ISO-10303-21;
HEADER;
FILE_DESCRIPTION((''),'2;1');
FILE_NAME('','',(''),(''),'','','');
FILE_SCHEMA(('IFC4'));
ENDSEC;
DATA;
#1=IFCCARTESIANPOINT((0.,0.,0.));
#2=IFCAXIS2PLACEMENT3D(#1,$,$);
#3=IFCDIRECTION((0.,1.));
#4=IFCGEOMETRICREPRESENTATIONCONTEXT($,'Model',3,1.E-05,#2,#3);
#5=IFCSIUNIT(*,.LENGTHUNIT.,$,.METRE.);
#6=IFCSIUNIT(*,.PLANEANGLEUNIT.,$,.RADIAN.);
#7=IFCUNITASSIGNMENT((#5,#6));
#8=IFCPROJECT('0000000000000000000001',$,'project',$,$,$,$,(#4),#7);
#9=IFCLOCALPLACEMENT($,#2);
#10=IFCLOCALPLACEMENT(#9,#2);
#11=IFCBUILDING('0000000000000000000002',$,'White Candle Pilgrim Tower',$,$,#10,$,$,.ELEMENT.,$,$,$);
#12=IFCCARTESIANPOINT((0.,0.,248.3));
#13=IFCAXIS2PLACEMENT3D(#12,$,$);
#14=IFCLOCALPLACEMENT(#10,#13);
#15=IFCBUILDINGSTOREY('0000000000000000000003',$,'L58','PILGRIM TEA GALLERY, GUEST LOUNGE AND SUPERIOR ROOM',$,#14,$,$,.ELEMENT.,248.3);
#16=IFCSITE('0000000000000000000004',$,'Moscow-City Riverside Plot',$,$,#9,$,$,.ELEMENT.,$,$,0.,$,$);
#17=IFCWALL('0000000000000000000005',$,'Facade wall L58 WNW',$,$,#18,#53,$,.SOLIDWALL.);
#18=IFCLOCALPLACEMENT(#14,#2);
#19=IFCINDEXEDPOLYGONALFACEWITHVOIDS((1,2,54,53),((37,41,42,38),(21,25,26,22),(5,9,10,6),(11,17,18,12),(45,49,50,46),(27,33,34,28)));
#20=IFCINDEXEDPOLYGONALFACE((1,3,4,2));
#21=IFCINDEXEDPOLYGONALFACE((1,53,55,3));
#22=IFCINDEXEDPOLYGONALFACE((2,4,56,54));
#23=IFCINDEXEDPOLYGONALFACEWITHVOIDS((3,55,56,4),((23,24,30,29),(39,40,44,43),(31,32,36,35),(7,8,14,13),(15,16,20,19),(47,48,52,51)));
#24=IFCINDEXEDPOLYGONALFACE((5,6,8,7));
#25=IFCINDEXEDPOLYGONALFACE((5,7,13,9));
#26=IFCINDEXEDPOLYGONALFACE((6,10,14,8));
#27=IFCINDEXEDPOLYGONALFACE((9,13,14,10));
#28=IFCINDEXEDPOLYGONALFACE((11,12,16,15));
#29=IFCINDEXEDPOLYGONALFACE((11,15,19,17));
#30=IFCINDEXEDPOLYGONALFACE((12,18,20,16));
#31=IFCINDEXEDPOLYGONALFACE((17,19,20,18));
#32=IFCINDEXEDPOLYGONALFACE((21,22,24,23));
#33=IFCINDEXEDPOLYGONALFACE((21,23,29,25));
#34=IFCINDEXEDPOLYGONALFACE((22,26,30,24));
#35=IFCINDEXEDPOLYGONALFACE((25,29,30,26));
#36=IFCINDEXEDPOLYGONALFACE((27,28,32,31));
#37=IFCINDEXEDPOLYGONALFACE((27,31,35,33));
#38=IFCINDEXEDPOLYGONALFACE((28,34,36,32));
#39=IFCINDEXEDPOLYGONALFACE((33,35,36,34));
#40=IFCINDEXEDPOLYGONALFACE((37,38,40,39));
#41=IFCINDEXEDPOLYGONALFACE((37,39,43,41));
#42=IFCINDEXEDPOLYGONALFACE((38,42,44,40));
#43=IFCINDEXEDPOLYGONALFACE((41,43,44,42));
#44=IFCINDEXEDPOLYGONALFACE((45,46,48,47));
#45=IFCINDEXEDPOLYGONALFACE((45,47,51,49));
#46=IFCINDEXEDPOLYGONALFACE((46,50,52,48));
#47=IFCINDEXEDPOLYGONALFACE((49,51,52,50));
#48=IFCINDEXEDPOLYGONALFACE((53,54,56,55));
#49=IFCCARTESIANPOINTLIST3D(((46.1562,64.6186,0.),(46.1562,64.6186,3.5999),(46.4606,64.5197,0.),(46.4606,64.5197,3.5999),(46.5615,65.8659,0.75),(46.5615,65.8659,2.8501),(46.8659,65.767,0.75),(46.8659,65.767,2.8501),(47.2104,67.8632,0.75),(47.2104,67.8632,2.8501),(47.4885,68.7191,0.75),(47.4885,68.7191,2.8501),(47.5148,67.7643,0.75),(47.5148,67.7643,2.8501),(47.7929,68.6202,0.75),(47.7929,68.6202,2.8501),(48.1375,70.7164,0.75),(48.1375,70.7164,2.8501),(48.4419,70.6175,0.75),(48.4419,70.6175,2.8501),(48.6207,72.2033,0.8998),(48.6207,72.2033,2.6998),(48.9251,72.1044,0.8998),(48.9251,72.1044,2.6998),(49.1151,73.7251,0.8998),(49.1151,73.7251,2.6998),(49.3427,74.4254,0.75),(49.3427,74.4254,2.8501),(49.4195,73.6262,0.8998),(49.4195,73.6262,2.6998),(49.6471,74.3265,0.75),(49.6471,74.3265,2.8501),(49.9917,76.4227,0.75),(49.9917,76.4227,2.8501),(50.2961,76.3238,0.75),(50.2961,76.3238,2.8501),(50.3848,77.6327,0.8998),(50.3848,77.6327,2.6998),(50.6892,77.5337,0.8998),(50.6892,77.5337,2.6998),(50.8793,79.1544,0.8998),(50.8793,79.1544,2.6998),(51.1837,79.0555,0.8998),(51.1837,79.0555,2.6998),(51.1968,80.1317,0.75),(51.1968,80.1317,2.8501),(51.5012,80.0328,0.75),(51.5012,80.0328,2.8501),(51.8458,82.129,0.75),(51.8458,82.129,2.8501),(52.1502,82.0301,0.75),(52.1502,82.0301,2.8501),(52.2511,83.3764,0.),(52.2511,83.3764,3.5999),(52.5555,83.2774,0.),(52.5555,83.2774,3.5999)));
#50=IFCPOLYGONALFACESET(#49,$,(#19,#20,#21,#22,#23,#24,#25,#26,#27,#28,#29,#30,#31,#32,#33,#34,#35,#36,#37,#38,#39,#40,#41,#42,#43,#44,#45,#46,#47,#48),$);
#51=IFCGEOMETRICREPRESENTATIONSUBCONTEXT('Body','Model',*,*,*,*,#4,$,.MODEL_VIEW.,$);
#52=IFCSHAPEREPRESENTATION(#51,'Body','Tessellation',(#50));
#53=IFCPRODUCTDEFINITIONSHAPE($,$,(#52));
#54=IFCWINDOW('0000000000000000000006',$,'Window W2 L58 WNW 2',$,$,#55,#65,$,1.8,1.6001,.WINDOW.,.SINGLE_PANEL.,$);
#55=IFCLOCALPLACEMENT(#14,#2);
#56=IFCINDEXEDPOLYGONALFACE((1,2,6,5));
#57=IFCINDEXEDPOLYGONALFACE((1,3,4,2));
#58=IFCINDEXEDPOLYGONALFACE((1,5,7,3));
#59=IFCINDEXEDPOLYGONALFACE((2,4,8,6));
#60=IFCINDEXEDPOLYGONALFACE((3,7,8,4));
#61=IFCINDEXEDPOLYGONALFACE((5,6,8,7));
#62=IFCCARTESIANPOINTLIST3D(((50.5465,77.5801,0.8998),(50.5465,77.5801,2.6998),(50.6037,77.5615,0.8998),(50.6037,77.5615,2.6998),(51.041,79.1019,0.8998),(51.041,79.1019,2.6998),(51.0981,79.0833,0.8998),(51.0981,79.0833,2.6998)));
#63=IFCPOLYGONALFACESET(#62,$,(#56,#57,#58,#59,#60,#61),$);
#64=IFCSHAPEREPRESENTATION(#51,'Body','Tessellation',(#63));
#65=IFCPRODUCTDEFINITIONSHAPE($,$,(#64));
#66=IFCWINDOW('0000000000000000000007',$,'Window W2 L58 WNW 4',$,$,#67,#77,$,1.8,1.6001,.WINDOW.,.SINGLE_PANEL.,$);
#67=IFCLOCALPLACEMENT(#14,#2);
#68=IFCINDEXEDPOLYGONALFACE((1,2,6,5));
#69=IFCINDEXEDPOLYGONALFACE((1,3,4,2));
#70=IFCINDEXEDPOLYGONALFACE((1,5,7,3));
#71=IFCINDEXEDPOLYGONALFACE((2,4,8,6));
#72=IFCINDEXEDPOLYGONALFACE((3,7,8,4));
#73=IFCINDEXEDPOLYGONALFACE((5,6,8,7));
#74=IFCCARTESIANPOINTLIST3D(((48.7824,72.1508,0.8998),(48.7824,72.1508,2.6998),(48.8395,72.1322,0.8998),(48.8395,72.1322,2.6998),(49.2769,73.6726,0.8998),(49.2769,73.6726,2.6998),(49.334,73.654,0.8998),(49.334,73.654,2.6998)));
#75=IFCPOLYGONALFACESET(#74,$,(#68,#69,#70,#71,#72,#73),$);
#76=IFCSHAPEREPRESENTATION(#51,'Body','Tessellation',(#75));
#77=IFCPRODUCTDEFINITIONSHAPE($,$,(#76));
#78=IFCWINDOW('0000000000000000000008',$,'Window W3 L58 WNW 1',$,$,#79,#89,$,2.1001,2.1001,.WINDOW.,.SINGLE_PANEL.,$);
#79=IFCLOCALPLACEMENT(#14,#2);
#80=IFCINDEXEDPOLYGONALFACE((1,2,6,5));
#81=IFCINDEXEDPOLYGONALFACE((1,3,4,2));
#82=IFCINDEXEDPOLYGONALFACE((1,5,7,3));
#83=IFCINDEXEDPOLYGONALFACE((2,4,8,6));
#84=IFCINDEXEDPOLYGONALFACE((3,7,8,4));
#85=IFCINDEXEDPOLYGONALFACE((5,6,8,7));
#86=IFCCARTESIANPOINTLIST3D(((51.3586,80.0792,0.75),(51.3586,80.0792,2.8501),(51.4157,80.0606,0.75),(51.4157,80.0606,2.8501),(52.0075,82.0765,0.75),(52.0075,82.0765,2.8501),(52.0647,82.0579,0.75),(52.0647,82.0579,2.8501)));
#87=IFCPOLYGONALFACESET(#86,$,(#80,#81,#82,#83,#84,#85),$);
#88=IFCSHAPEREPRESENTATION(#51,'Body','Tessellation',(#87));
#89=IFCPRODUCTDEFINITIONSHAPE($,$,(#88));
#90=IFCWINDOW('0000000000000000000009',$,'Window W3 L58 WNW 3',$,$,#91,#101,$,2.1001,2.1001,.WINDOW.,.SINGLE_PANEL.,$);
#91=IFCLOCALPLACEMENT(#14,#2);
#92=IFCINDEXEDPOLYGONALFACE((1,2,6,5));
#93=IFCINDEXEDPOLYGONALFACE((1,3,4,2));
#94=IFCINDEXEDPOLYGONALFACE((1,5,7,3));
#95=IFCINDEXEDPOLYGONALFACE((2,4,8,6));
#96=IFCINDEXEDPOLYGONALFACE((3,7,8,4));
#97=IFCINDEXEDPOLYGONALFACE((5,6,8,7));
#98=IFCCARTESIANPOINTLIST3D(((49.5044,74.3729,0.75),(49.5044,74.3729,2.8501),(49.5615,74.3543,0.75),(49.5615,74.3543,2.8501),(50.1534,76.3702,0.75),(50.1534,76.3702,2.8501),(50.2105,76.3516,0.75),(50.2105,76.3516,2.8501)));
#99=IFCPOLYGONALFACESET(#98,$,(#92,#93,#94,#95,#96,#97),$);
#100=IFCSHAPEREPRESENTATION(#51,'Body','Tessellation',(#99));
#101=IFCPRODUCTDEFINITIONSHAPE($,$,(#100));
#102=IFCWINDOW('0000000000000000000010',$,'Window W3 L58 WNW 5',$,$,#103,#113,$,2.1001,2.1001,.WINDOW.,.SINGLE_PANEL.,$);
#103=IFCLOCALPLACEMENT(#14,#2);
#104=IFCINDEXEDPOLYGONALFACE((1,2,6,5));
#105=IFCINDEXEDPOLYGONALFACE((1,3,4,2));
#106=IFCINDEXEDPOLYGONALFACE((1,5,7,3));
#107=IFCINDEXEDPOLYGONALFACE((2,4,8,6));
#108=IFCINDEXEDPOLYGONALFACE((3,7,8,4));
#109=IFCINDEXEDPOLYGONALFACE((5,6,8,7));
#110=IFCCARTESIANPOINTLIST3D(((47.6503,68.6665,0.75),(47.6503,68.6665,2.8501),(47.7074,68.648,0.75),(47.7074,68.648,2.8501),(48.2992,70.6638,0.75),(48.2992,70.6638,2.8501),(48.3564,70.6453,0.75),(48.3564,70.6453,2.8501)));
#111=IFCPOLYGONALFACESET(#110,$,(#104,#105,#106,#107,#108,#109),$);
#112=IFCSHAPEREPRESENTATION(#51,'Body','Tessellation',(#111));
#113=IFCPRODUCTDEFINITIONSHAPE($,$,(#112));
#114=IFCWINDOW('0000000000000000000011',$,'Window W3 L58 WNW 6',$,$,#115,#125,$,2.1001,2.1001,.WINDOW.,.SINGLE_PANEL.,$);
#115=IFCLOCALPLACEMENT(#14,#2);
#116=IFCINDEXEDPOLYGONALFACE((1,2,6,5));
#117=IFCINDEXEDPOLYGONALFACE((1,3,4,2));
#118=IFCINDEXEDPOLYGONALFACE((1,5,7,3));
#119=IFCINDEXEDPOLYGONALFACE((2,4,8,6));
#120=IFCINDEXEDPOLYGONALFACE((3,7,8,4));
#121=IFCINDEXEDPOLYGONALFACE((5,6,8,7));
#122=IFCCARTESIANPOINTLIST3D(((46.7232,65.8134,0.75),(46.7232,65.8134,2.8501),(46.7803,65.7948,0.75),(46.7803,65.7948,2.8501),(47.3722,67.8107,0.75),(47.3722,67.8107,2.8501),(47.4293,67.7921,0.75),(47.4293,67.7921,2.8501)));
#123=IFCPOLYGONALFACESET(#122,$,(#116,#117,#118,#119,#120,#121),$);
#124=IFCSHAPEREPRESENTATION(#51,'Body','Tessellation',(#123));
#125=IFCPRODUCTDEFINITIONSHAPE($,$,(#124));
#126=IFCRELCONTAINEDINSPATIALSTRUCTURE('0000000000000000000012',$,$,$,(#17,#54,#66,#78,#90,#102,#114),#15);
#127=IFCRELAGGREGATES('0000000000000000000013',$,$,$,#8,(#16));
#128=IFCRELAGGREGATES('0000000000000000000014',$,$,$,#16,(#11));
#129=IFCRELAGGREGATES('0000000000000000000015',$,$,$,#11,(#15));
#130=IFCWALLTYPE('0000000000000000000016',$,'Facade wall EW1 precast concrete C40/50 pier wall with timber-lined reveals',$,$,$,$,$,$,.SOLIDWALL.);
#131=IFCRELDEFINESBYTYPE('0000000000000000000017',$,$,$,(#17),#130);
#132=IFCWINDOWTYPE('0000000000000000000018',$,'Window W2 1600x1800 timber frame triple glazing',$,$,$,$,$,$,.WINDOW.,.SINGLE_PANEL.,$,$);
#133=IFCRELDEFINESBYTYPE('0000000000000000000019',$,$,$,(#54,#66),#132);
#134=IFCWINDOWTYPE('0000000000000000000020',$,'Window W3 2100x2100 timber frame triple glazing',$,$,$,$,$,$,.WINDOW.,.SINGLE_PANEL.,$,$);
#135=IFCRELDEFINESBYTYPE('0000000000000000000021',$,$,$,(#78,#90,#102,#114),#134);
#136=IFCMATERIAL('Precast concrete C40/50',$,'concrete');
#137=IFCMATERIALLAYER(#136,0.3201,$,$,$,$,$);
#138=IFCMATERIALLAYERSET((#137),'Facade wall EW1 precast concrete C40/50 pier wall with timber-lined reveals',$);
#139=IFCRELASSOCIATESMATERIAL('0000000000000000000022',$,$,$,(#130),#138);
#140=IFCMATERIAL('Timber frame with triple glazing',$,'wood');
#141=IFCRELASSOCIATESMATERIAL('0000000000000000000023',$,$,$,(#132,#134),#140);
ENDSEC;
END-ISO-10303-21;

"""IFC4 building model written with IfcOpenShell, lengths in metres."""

from ifc_helpers import new_model, si_unit, direction, frame, frame_2d, origin, place, context, subcontext, project, spatial, rectangle, extrude, material, layer, layer_set, type_object, element, fill, save


model = new_model("IFC4")

# Units and contexts
model_context = context("Model", 3, precision=1e-05, world=origin(), true_north=direction((0.0, 1.0)))
body_context = subcontext(model_context, "Body", "Model", "MODEL_VIEW")
ifc_project = project(units=[si_unit("LENGTHUNIT", "METRE"), si_unit("PLANEANGLEUNIT", "RADIAN")], contexts=[model_context])

# Site, building, storey
site_placement = place(None, origin())
site = spatial("IfcSite", under=ifc_project, at=site_placement, Name="Moscow-City Riverside Plot", CompositionType="ELEMENT", RefElevation=0.0)
building_placement = place(site_placement, origin())
building = spatial("IfcBuilding", under=site, at=building_placement, Name="White Candle Pilgrim Tower", CompositionType="ELEMENT")
storey_placement = place(building_placement, frame((0.0, 0.0, 248.3)))
storey = spatial("IfcBuildingStorey", under=building, at=storey_placement, Name="L58", Description="PILGRIM TEA GALLERY, GUEST LOUNGE AND SUPERIOR ROOM", CompositionType="ELEMENT", Elevation=248.3)

# Shared definitions
ifc_material_1 = material(Name="Precast concrete C40/50", Category="concrete")
ifc_layer_1 = layer(ifc_material_1, 0.3201)
ifc_layer_set_1 = layer_set([ifc_layer_1], Name="Facade wall EW1 precast concrete C40/50 pier wall with timber-lined reveals")
wall_type_1 = type_object("IfcWallType", Name="Facade wall EW1 precast concrete C40/50 pier wall with timber-lined reveals", PredefinedType="SOLIDWALL", material=ifc_layer_set_1)

# Shared definitions
ifc_material_2 = material(Name="Timber frame with triple glazing", Category="wood")

# Wall, openings, windows
wall_1_placement = place(storey_placement, frame((52.4033, 83.3269, 0.0), z_axis=(0.0, 0.0, 1.0), x_axis=(-0.309026, -0.951054, 0.0)))
wall_1 = element("IfcWall", 1, at=wall_1_placement, inside=storey, type_object=wall_type_1, Name="Facade wall L58 WNW", PredefinedType="SOLIDWALL", context=body_context, shape_type="SweptSolid", body=[
    extrude(rectangle(XDim=19.7231, YDim=0.3201, at=frame_2d((9.8616, 0.0))), origin(), (0.0, 0.0, 1.0), 3.5999),
])
opening_1_placement = place(wall_1_placement, frame((1.3115, 0.0, 0.75)))
opening_1 = element("IfcOpeningElement", 2, at=opening_1_placement, cuts=wall_1, PredefinedType="OPENING", context=body_context, shape_type="SweptSolid", body=[
    extrude(rectangle(XDim=2.1001, YDim=2.1001, at=frame_2d((1.05, 1.05))), frame((0.0, 0.1699, 0.0), z_axis=(0.0, -1.0, 0.0), x_axis=(1.0, 0.0, 0.0)), (0.0, 0.0, 1.0), 0.3401),
])
opening_2_placement = place(wall_1_placement, frame((4.4392, 0.0, 0.8999)))
opening_2 = element("IfcOpeningElement", 3, at=opening_2_placement, cuts=wall_1, PredefinedType="OPENING", context=body_context, shape_type="SweptSolid", body=[
    extrude(rectangle(XDim=1.6001, YDim=1.8, at=frame_2d((0.8, 0.8999))), frame((0.0, 0.1699, 0.0), z_axis=(0.0, -1.0, 0.0), x_axis=(1.0, 0.0, 0.0)), (0.0, 0.0, 1.0), 0.3401),
])
opening_3_placement = place(wall_1_placement, frame((7.3115, 0.0, 0.75)))
opening_3 = element("IfcOpeningElement", 4, at=opening_3_placement, cuts=wall_1, PredefinedType="OPENING", context=body_context, shape_type="SweptSolid", body=[
    extrude(rectangle(XDim=2.1001, YDim=2.1001, at=frame_2d((1.05, 1.05))), frame((0.0, 0.1699, 0.0), z_axis=(0.0, -1.0, 0.0), x_axis=(1.0, 0.0, 0.0)), (0.0, 0.0, 1.0), 0.3401),
])
opening_4_placement = place(wall_1_placement, frame((10.1479, 0.0, 0.8999)))
opening_4 = element("IfcOpeningElement", 5, at=opening_4_placement, cuts=wall_1, PredefinedType="OPENING", context=body_context, shape_type="SweptSolid", body=[
    extrude(rectangle(XDim=1.6001, YDim=1.8, at=frame_2d((0.8, 0.8999))), frame((0.0, 0.1699, 0.0), z_axis=(0.0, -1.0, 0.0), x_axis=(1.0, 0.0, 0.0)), (0.0, 0.0, 1.0), 0.3401),
])
opening_5_placement = place(wall_1_placement, frame((13.3115, 0.0, 0.75)))
opening_5 = element("IfcOpeningElement", 6, at=opening_5_placement, cuts=wall_1, PredefinedType="OPENING", context=body_context, shape_type="SweptSolid", body=[
    extrude(rectangle(XDim=2.1001, YDim=2.1001, at=frame_2d((1.05, 1.05))), frame((0.0, 0.1699, 0.0), z_axis=(0.0, -1.0, 0.0), x_axis=(1.0, 0.0, 0.0)), (0.0, 0.0, 1.0), 0.3401),
])
opening_6_placement = place(wall_1_placement, frame((16.3115, 0.0, 0.75)))
opening_6 = element("IfcOpeningElement", 7, at=opening_6_placement, cuts=wall_1, PredefinedType="OPENING", context=body_context, shape_type="SweptSolid", body=[
    extrude(rectangle(XDim=2.1001, YDim=2.1001, at=frame_2d((1.05, 1.05))), frame((0.0, 0.1699, 0.0), z_axis=(0.0, -1.0, 0.0), x_axis=(1.0, 0.0, 0.0)), (0.0, 0.0, 1.0), 0.3401),
])
window_type_1 = type_object("IfcWindowType", Name="Window W2 1600x1800 timber frame triple glazing", PartitioningType="SINGLE_PANEL", PredefinedType="WINDOW", material=ifc_material_2)
window_1_placement = place(opening_2_placement, origin())
window_1 = element("IfcWindow", 8, at=window_1_placement, inside=storey, type_object=window_type_1, Name="Window W2 L58 WNW 2", OverallHeight=1.8, OverallWidth=1.6001, PartitioningType="SINGLE_PANEL", PredefinedType="WINDOW", context=body_context, shape_type="SweptSolid", body=[
    extrude(rectangle(XDim=1.6001, YDim=1.8, at=frame_2d((0.8, 0.8999))), frame((0.0, 0.0701, 0.0), z_axis=(0.0, -1.0, 0.0), x_axis=(1.0, 0.0, 0.0)), (0.0, 0.0, 1.0), 0.0601),
])
fill(opening_2, window_1)
window_2_placement = place(opening_4_placement, origin())
window_2 = element("IfcWindow", 9, at=window_2_placement, inside=storey, type_object=window_type_1, Name="Window W2 L58 WNW 4", OverallHeight=1.8, OverallWidth=1.6001, PartitioningType="SINGLE_PANEL", PredefinedType="WINDOW", context=body_context, shape_type="SweptSolid", body=[
    extrude(rectangle(XDim=1.6001, YDim=1.8, at=frame_2d((0.8, 0.8999))), frame((0.0, 0.0701, 0.0), z_axis=(0.0, -1.0, 0.0), x_axis=(1.0, 0.0, 0.0)), (0.0, 0.0, 1.0), 0.0601),
])
fill(opening_4, window_2)
window_type_2 = type_object("IfcWindowType", Name="Window W3 2100x2100 timber frame triple glazing", PartitioningType="SINGLE_PANEL", PredefinedType="WINDOW", material=ifc_material_2)
window_3_placement = place(opening_1_placement, origin())
window_3 = element("IfcWindow", 10, at=window_3_placement, inside=storey, type_object=window_type_2, Name="Window W3 L58 WNW 1", OverallHeight=2.1001, OverallWidth=2.1001, PartitioningType="SINGLE_PANEL", PredefinedType="WINDOW", context=body_context, shape_type="SweptSolid", body=[
    extrude(rectangle(XDim=2.1001, YDim=2.1001, at=frame_2d((1.05, 1.05))), frame((0.0, 0.0701, 0.0), z_axis=(0.0, -1.0, 0.0), x_axis=(1.0, 0.0, 0.0)), (0.0, 0.0, 1.0), 0.0601),
])
fill(opening_1, window_3)
window_4_placement = place(opening_3_placement, origin())
window_4 = element("IfcWindow", 11, at=window_4_placement, inside=storey, type_object=window_type_2, Name="Window W3 L58 WNW 3", OverallHeight=2.1001, OverallWidth=2.1001, PartitioningType="SINGLE_PANEL", PredefinedType="WINDOW", context=body_context, shape_type="SweptSolid", body=[
    extrude(rectangle(XDim=2.1001, YDim=2.1001, at=frame_2d((1.05, 1.05))), frame((0.0, 0.0701, 0.0), z_axis=(0.0, -1.0, 0.0), x_axis=(1.0, 0.0, 0.0)), (0.0, 0.0, 1.0), 0.0601),
])
fill(opening_3, window_4)
window_5_placement = place(opening_5_placement, origin())
window_5 = element("IfcWindow", 12, at=window_5_placement, inside=storey, type_object=window_type_2, Name="Window W3 L58 WNW 5", OverallHeight=2.1001, OverallWidth=2.1001, PartitioningType="SINGLE_PANEL", PredefinedType="WINDOW", context=body_context, shape_type="SweptSolid", body=[
    extrude(rectangle(XDim=2.1001, YDim=2.1001, at=frame_2d((1.05, 1.05))), frame((0.0, 0.0701, 0.0), z_axis=(0.0, -1.0, 0.0), x_axis=(1.0, 0.0, 0.0)), (0.0, 0.0, 1.0), 0.0601),
])
fill(opening_5, window_5)
window_6_placement = place(opening_6_placement, origin())
window_6 = element("IfcWindow", 13, at=window_6_placement, inside=storey, type_object=window_type_2, Name="Window W3 L58 WNW 6", OverallHeight=2.1001, OverallWidth=2.1001, PartitioningType="SINGLE_PANEL", PredefinedType="WINDOW", context=body_context, shape_type="SweptSolid", body=[
    extrude(rectangle(XDim=2.1001, YDim=2.1001, at=frame_2d((1.05, 1.05))), frame((0.0, 0.0701, 0.0), z_axis=(0.0, -1.0, 0.0), x_axis=(1.0, 0.0, 0.0)), (0.0, 0.0, 1.0), 0.0601),
])
fill(opening_6, window_6)

save(model, "model.ifc")
